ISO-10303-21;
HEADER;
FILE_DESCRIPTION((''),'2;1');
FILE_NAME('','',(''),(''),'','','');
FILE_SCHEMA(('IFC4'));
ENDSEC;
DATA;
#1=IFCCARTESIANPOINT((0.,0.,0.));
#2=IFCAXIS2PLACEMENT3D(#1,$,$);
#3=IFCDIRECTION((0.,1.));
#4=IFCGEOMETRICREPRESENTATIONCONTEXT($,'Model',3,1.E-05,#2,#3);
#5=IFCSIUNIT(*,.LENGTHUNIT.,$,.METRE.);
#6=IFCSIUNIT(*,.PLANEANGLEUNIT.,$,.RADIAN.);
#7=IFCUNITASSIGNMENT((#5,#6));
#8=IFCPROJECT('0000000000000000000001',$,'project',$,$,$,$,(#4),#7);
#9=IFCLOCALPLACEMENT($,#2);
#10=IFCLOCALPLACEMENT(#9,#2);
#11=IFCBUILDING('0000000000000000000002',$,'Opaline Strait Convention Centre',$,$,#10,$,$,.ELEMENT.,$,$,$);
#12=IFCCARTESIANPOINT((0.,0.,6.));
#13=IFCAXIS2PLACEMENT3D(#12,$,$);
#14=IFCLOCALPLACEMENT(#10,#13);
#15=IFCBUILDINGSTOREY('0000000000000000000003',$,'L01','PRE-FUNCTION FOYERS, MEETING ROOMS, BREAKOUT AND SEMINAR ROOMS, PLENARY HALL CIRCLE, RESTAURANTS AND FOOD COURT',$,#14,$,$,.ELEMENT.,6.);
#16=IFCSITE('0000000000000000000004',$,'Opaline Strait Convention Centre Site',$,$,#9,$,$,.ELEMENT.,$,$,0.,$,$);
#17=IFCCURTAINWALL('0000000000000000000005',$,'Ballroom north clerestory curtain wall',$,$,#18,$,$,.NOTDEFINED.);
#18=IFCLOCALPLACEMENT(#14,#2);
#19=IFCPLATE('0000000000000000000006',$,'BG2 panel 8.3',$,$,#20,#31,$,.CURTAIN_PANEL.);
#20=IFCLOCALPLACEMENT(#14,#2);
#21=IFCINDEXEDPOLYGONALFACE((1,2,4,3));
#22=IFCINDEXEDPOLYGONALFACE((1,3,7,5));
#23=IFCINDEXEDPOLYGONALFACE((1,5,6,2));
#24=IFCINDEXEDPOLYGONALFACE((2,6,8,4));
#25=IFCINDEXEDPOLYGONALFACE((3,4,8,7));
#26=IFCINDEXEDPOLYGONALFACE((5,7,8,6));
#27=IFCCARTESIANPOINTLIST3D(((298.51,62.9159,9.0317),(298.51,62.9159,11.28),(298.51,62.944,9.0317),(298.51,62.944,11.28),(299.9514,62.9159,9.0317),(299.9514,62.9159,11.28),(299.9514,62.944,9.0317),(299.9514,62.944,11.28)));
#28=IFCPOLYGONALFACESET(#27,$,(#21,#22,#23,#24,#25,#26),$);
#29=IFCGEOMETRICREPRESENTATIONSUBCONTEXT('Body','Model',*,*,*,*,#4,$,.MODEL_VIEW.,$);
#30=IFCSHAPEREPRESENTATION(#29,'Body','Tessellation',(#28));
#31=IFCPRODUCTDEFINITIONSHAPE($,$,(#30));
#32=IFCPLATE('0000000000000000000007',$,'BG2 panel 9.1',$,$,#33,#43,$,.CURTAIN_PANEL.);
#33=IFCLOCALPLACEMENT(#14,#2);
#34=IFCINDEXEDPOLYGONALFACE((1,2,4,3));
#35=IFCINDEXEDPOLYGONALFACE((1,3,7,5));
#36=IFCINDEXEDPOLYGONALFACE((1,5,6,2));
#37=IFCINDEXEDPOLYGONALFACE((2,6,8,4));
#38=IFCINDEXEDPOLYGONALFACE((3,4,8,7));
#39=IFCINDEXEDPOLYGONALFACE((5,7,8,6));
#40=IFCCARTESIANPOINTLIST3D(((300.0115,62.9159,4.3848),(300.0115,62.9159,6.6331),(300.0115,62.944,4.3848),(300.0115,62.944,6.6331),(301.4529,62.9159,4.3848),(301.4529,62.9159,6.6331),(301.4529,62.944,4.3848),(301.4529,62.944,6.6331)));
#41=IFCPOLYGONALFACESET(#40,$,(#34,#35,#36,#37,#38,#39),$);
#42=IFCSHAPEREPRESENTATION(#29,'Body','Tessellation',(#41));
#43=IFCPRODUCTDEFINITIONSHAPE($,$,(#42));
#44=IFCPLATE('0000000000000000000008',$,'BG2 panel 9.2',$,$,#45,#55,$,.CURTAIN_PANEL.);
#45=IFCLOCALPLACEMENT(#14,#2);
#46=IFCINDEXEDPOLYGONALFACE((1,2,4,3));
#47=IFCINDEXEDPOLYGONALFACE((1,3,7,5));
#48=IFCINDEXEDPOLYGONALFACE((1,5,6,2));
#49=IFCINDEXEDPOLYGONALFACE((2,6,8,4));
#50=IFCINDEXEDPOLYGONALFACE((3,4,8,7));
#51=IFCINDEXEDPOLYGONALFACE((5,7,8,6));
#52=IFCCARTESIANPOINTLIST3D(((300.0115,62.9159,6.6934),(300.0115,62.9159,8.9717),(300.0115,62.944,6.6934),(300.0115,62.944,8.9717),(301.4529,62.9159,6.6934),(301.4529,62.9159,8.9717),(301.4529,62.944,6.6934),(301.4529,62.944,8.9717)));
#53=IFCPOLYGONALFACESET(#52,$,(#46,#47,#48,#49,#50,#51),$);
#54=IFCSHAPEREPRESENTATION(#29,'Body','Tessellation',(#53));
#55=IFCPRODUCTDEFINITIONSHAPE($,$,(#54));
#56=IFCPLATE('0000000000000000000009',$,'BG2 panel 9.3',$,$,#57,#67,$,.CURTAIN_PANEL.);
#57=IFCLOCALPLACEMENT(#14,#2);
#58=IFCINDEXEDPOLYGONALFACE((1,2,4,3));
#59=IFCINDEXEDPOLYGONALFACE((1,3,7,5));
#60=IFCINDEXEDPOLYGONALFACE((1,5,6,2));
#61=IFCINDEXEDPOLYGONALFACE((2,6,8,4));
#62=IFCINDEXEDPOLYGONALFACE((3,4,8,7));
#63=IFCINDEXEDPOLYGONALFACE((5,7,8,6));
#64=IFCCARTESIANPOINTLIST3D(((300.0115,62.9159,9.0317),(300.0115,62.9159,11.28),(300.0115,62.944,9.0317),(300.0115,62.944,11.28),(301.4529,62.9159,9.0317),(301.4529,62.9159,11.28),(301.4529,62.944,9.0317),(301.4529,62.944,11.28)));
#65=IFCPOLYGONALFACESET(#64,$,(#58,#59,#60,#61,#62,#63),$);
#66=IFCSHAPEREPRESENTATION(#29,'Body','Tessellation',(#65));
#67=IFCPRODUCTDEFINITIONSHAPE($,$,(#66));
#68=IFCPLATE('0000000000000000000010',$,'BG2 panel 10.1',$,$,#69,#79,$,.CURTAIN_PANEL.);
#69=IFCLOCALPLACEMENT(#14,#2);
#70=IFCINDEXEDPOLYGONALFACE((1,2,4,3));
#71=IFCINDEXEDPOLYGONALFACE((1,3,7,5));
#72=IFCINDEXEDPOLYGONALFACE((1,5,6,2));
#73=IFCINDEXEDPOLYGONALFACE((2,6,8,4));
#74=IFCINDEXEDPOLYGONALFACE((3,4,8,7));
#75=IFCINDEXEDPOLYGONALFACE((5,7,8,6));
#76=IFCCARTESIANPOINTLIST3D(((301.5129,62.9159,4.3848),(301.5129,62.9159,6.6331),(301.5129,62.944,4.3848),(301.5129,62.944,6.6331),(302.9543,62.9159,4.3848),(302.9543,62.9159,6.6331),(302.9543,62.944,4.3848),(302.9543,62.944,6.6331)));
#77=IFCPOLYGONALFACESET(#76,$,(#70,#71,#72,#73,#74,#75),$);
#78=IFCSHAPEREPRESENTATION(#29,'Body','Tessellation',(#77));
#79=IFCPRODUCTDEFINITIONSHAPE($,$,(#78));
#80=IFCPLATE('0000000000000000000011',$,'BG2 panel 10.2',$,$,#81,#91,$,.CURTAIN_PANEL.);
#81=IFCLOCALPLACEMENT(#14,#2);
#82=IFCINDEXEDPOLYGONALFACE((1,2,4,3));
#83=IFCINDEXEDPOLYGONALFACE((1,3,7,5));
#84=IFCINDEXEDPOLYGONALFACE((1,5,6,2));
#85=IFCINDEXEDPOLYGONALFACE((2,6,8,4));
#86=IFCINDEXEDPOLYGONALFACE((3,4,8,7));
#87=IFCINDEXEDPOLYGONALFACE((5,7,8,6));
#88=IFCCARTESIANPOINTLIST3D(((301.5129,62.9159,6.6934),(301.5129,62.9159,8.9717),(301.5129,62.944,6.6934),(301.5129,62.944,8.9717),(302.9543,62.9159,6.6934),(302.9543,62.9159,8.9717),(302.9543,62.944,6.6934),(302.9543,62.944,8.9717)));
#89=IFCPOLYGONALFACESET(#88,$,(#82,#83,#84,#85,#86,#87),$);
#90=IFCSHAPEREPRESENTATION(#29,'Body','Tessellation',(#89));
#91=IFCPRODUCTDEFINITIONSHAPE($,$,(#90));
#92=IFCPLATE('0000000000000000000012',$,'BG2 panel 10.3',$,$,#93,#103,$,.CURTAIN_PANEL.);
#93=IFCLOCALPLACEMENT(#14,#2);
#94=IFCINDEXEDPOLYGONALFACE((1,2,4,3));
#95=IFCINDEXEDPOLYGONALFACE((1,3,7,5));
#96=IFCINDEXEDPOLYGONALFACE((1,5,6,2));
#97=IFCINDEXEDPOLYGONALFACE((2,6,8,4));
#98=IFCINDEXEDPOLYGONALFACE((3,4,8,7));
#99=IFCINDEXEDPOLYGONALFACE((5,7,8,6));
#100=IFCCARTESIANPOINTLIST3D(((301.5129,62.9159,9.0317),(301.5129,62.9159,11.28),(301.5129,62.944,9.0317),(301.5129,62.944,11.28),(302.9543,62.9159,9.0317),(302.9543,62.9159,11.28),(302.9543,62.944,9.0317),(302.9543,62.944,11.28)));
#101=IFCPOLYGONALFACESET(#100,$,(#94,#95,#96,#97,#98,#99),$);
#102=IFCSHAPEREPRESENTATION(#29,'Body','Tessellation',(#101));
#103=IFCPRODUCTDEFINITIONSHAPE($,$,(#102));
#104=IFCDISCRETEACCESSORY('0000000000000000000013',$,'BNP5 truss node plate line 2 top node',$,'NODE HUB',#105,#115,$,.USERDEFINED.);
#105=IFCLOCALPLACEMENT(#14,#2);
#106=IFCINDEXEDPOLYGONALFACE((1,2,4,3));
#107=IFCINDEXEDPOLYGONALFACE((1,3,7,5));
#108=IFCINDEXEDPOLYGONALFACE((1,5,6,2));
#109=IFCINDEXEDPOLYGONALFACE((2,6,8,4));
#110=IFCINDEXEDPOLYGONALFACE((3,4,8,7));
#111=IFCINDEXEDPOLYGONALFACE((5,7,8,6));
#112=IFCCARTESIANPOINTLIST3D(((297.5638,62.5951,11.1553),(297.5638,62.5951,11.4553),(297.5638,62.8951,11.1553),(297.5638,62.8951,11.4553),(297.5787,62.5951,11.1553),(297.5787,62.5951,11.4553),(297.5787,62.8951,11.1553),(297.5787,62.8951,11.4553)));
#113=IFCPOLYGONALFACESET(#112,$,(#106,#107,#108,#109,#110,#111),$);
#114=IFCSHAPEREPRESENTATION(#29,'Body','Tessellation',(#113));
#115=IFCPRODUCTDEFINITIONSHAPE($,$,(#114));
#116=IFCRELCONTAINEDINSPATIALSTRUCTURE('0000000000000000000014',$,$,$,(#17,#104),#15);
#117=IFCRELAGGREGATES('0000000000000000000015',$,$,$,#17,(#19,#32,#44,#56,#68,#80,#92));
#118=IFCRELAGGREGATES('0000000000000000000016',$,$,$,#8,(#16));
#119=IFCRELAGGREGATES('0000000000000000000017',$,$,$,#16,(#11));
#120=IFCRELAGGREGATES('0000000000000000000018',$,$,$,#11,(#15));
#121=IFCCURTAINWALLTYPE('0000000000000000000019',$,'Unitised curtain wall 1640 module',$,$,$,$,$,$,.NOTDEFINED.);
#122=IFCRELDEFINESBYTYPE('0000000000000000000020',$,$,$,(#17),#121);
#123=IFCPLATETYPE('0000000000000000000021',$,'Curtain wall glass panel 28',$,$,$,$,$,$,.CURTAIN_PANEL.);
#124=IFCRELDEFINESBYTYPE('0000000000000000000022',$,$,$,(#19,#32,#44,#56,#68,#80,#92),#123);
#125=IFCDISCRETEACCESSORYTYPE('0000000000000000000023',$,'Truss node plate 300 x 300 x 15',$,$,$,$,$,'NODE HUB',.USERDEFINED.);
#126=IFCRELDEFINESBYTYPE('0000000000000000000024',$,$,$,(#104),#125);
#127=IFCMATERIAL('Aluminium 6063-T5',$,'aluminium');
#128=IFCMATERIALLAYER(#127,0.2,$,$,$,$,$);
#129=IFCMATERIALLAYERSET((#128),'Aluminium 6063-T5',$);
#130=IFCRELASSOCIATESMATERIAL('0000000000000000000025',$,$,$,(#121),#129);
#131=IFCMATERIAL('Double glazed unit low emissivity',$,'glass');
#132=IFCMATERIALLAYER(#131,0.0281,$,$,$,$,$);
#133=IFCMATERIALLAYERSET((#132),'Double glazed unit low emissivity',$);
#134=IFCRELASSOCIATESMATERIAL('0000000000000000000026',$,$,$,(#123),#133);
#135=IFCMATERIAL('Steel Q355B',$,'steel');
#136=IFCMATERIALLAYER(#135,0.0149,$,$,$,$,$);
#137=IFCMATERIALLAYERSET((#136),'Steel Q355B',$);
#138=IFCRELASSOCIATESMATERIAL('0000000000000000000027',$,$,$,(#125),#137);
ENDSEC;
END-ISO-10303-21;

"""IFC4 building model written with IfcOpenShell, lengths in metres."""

from ifc_helpers import new_model, si_unit, direction, frame, origin, origin_2d, place, context, subcontext, project, spatial, rectangle, extrude, material, layer, layer_set, type_object, element, aggregate, save


model = new_model("IFC4")

# Units and contexts
model_context = context("Model", 3, precision=1e-05, world=origin(), true_north=direction((0.0, 1.0)))
body_context = subcontext(model_context, "Body", "Model", "MODEL_VIEW")
ifc_project = project(units=[si_unit("LENGTHUNIT", "METRE"), si_unit("PLANEANGLEUNIT", "RADIAN")], contexts=[model_context])

# Site, building, storey
site_placement = place(None, origin())
site = spatial("IfcSite", under=ifc_project, at=site_placement, Name="Opaline Strait Convention Centre Site", CompositionType="ELEMENT", RefElevation=0.0)
building_placement = place(site_placement, origin())
building = spatial("IfcBuilding", under=site, at=building_placement, Name="Opaline Strait Convention Centre", CompositionType="ELEMENT")
storey_placement = place(building_placement, frame((0.0, 0.0, 6.0)))
storey = spatial("IfcBuildingStorey", under=building, at=storey_placement, Name="L01", Description="PRE-FUNCTION FOYERS, MEETING ROOMS, BREAKOUT AND SEMINAR ROOMS, PLENARY HALL CIRCLE, RESTAURANTS AND FOOD COURT", CompositionType="ELEMENT", Elevation=6.0)

# Curtain wall
ifc_material_1 = material(Name="Aluminium 6063-T5", Category="aluminium")
ifc_layer_1 = layer(ifc_material_1, 0.2)
ifc_layer_set_1 = layer_set([ifc_layer_1], Name="Aluminium 6063-T5")
curtain_wall_type = type_object("IfcCurtainWallType", Name="Unitised curtain wall 1640 module", PredefinedType="NOTDEFINED", material=ifc_layer_set_1)
curtain_wall_placement = place(storey_placement, origin())
curtain_wall = element("IfcCurtainWall", 1, at=curtain_wall_placement, inside=storey, type_object=curtain_wall_type, Name="Ballroom north clerestory curtain wall", PredefinedType="NOTDEFINED")

# Shared definitions
ifc_material_2 = material(Name="Steel Q355B", Category="steel")

# Plates
ifc_material_3 = material(Name="Double glazed unit low emissivity", Category="glass")
ifc_layer_2 = layer(ifc_material_3, 0.0281)
ifc_layer_set_2 = layer_set([ifc_layer_2], Name="Double glazed unit low emissivity")
plate_type = type_object("IfcPlateType", Name="Curtain wall glass panel 28", PredefinedType="CURTAIN_PANEL", material=ifc_layer_set_2)
plate_1_placement = place(storey_placement, frame((299.2307, 62.9299, 9.0317), z_axis=(0.0, 0.0, 1.0), x_axis=(1.0, 0.0, 0.0)))
plate_1 = element("IfcPlate", 2, at=plate_1_placement, type_object=plate_type, Name="BG2 panel 8.3", PredefinedType="CURTAIN_PANEL", context=body_context, shape_type="SweptSolid", body=[
    extrude(rectangle(XDim=1.4414, YDim=0.0281, at=origin_2d()), origin(), (0.0, 0.0, 1.0), 2.2483),
])
plate_2_placement = place(storey_placement, frame((300.7322, 62.9299, 4.3848), z_axis=(0.0, 0.0, 1.0), x_axis=(1.0, 0.0, 0.0)))
plate_2 = element("IfcPlate", 3, at=plate_2_placement, type_object=plate_type, Name="BG2 panel 9.1", PredefinedType="CURTAIN_PANEL", context=body_context, shape_type="SweptSolid", body=[
    extrude(rectangle(XDim=1.4414, YDim=0.0281, at=origin_2d()), origin(), (0.0, 0.0, 1.0), 2.2483),
])
plate_3_placement = place(storey_placement, frame((300.7322, 62.9299, 6.6934), z_axis=(0.0, 0.0, 1.0), x_axis=(1.0, 0.0, 0.0)))
plate_3 = element("IfcPlate", 4, at=plate_3_placement, type_object=plate_type, Name="BG2 panel 9.2", PredefinedType="CURTAIN_PANEL", context=body_context, shape_type="SweptSolid", body=[
    extrude(rectangle(XDim=1.4414, YDim=0.0281, at=origin_2d()), origin(), (0.0, 0.0, 1.0), 2.2783),
])
plate_4_placement = place(storey_placement, frame((300.7322, 62.9299, 9.0317), z_axis=(0.0, 0.0, 1.0), x_axis=(1.0, 0.0, 0.0)))
plate_4 = element("IfcPlate", 5, at=plate_4_placement, type_object=plate_type, Name="BG2 panel 9.3", PredefinedType="CURTAIN_PANEL", context=body_context, shape_type="SweptSolid", body=[
    extrude(rectangle(XDim=1.4414, YDim=0.0281, at=origin_2d()), origin(), (0.0, 0.0, 1.0), 2.2483),
])
plate_5_placement = place(storey_placement, frame((302.2336, 62.9299, 4.3848), z_axis=(0.0, 0.0, 1.0), x_axis=(1.0, 0.0, 0.0)))
plate_5 = element("IfcPlate", 6, at=plate_5_placement, type_object=plate_type, Name="BG2 panel 10.1", PredefinedType="CURTAIN_PANEL", context=body_context, shape_type="SweptSolid", body=[
    extrude(rectangle(XDim=1.4414, YDim=0.0281, at=origin_2d()), origin(), (0.0, 0.0, 1.0), 2.2483),
])
plate_6_placement = place(storey_placement, frame((302.2336, 62.9299, 6.6934), z_axis=(0.0, 0.0, 1.0), x_axis=(1.0, 0.0, 0.0)))
plate_6 = element("IfcPlate", 7, at=plate_6_placement, type_object=plate_type, Name="BG2 panel 10.2", PredefinedType="CURTAIN_PANEL", context=body_context, shape_type="SweptSolid", body=[
    extrude(rectangle(XDim=1.4414, YDim=0.0281, at=origin_2d()), origin(), (0.0, 0.0, 1.0), 2.2783),
])
plate_7_placement = place(storey_placement, frame((302.2336, 62.9299, 9.0317), z_axis=(0.0, 0.0, 1.0), x_axis=(1.0, 0.0, 0.0)))
plate_7 = element("IfcPlate", 8, at=plate_7_placement, type_object=plate_type, Name="BG2 panel 10.3", PredefinedType="CURTAIN_PANEL", context=body_context, shape_type="SweptSolid", body=[
    extrude(rectangle(XDim=1.4414, YDim=0.0281, at=origin_2d()), origin(), (0.0, 0.0, 1.0), 2.2483),
])
aggregate(curtain_wall, [plate_1, plate_2, plate_3, plate_4, plate_5, plate_6, plate_7])

# Discrete accessory
ifc_layer_3 = layer(ifc_material_2, 0.0149)
ifc_layer_set_3 = layer_set([ifc_layer_3], Name="Steel Q355B")
discrete_accessory_type = type_object("IfcDiscreteAccessoryType", Name="Truss node plate 300 x 300 x 15", ElementType="NODE HUB", PredefinedType="USERDEFINED", material=ifc_layer_set_3)
discrete_accessory_placement = place(storey_placement, frame((297.5713, 62.7451, 11.1553), z_axis=(0.0, 0.0, 1.0), x_axis=(1.0, 0.0, 0.0)))
element("IfcDiscreteAccessory", 9, at=discrete_accessory_placement, inside=storey, type_object=discrete_accessory_type, Name="BNP5 truss node plate line 2 top node", ObjectType="NODE HUB", PredefinedType="USERDEFINED", context=body_context, shape_type="SweptSolid", body=[
    extrude(rectangle(XDim=0.0149, YDim=0.3, at=origin_2d()), origin(), (0.0, 0.0, 1.0), 0.3),
])

save(model, "model.ifc")
